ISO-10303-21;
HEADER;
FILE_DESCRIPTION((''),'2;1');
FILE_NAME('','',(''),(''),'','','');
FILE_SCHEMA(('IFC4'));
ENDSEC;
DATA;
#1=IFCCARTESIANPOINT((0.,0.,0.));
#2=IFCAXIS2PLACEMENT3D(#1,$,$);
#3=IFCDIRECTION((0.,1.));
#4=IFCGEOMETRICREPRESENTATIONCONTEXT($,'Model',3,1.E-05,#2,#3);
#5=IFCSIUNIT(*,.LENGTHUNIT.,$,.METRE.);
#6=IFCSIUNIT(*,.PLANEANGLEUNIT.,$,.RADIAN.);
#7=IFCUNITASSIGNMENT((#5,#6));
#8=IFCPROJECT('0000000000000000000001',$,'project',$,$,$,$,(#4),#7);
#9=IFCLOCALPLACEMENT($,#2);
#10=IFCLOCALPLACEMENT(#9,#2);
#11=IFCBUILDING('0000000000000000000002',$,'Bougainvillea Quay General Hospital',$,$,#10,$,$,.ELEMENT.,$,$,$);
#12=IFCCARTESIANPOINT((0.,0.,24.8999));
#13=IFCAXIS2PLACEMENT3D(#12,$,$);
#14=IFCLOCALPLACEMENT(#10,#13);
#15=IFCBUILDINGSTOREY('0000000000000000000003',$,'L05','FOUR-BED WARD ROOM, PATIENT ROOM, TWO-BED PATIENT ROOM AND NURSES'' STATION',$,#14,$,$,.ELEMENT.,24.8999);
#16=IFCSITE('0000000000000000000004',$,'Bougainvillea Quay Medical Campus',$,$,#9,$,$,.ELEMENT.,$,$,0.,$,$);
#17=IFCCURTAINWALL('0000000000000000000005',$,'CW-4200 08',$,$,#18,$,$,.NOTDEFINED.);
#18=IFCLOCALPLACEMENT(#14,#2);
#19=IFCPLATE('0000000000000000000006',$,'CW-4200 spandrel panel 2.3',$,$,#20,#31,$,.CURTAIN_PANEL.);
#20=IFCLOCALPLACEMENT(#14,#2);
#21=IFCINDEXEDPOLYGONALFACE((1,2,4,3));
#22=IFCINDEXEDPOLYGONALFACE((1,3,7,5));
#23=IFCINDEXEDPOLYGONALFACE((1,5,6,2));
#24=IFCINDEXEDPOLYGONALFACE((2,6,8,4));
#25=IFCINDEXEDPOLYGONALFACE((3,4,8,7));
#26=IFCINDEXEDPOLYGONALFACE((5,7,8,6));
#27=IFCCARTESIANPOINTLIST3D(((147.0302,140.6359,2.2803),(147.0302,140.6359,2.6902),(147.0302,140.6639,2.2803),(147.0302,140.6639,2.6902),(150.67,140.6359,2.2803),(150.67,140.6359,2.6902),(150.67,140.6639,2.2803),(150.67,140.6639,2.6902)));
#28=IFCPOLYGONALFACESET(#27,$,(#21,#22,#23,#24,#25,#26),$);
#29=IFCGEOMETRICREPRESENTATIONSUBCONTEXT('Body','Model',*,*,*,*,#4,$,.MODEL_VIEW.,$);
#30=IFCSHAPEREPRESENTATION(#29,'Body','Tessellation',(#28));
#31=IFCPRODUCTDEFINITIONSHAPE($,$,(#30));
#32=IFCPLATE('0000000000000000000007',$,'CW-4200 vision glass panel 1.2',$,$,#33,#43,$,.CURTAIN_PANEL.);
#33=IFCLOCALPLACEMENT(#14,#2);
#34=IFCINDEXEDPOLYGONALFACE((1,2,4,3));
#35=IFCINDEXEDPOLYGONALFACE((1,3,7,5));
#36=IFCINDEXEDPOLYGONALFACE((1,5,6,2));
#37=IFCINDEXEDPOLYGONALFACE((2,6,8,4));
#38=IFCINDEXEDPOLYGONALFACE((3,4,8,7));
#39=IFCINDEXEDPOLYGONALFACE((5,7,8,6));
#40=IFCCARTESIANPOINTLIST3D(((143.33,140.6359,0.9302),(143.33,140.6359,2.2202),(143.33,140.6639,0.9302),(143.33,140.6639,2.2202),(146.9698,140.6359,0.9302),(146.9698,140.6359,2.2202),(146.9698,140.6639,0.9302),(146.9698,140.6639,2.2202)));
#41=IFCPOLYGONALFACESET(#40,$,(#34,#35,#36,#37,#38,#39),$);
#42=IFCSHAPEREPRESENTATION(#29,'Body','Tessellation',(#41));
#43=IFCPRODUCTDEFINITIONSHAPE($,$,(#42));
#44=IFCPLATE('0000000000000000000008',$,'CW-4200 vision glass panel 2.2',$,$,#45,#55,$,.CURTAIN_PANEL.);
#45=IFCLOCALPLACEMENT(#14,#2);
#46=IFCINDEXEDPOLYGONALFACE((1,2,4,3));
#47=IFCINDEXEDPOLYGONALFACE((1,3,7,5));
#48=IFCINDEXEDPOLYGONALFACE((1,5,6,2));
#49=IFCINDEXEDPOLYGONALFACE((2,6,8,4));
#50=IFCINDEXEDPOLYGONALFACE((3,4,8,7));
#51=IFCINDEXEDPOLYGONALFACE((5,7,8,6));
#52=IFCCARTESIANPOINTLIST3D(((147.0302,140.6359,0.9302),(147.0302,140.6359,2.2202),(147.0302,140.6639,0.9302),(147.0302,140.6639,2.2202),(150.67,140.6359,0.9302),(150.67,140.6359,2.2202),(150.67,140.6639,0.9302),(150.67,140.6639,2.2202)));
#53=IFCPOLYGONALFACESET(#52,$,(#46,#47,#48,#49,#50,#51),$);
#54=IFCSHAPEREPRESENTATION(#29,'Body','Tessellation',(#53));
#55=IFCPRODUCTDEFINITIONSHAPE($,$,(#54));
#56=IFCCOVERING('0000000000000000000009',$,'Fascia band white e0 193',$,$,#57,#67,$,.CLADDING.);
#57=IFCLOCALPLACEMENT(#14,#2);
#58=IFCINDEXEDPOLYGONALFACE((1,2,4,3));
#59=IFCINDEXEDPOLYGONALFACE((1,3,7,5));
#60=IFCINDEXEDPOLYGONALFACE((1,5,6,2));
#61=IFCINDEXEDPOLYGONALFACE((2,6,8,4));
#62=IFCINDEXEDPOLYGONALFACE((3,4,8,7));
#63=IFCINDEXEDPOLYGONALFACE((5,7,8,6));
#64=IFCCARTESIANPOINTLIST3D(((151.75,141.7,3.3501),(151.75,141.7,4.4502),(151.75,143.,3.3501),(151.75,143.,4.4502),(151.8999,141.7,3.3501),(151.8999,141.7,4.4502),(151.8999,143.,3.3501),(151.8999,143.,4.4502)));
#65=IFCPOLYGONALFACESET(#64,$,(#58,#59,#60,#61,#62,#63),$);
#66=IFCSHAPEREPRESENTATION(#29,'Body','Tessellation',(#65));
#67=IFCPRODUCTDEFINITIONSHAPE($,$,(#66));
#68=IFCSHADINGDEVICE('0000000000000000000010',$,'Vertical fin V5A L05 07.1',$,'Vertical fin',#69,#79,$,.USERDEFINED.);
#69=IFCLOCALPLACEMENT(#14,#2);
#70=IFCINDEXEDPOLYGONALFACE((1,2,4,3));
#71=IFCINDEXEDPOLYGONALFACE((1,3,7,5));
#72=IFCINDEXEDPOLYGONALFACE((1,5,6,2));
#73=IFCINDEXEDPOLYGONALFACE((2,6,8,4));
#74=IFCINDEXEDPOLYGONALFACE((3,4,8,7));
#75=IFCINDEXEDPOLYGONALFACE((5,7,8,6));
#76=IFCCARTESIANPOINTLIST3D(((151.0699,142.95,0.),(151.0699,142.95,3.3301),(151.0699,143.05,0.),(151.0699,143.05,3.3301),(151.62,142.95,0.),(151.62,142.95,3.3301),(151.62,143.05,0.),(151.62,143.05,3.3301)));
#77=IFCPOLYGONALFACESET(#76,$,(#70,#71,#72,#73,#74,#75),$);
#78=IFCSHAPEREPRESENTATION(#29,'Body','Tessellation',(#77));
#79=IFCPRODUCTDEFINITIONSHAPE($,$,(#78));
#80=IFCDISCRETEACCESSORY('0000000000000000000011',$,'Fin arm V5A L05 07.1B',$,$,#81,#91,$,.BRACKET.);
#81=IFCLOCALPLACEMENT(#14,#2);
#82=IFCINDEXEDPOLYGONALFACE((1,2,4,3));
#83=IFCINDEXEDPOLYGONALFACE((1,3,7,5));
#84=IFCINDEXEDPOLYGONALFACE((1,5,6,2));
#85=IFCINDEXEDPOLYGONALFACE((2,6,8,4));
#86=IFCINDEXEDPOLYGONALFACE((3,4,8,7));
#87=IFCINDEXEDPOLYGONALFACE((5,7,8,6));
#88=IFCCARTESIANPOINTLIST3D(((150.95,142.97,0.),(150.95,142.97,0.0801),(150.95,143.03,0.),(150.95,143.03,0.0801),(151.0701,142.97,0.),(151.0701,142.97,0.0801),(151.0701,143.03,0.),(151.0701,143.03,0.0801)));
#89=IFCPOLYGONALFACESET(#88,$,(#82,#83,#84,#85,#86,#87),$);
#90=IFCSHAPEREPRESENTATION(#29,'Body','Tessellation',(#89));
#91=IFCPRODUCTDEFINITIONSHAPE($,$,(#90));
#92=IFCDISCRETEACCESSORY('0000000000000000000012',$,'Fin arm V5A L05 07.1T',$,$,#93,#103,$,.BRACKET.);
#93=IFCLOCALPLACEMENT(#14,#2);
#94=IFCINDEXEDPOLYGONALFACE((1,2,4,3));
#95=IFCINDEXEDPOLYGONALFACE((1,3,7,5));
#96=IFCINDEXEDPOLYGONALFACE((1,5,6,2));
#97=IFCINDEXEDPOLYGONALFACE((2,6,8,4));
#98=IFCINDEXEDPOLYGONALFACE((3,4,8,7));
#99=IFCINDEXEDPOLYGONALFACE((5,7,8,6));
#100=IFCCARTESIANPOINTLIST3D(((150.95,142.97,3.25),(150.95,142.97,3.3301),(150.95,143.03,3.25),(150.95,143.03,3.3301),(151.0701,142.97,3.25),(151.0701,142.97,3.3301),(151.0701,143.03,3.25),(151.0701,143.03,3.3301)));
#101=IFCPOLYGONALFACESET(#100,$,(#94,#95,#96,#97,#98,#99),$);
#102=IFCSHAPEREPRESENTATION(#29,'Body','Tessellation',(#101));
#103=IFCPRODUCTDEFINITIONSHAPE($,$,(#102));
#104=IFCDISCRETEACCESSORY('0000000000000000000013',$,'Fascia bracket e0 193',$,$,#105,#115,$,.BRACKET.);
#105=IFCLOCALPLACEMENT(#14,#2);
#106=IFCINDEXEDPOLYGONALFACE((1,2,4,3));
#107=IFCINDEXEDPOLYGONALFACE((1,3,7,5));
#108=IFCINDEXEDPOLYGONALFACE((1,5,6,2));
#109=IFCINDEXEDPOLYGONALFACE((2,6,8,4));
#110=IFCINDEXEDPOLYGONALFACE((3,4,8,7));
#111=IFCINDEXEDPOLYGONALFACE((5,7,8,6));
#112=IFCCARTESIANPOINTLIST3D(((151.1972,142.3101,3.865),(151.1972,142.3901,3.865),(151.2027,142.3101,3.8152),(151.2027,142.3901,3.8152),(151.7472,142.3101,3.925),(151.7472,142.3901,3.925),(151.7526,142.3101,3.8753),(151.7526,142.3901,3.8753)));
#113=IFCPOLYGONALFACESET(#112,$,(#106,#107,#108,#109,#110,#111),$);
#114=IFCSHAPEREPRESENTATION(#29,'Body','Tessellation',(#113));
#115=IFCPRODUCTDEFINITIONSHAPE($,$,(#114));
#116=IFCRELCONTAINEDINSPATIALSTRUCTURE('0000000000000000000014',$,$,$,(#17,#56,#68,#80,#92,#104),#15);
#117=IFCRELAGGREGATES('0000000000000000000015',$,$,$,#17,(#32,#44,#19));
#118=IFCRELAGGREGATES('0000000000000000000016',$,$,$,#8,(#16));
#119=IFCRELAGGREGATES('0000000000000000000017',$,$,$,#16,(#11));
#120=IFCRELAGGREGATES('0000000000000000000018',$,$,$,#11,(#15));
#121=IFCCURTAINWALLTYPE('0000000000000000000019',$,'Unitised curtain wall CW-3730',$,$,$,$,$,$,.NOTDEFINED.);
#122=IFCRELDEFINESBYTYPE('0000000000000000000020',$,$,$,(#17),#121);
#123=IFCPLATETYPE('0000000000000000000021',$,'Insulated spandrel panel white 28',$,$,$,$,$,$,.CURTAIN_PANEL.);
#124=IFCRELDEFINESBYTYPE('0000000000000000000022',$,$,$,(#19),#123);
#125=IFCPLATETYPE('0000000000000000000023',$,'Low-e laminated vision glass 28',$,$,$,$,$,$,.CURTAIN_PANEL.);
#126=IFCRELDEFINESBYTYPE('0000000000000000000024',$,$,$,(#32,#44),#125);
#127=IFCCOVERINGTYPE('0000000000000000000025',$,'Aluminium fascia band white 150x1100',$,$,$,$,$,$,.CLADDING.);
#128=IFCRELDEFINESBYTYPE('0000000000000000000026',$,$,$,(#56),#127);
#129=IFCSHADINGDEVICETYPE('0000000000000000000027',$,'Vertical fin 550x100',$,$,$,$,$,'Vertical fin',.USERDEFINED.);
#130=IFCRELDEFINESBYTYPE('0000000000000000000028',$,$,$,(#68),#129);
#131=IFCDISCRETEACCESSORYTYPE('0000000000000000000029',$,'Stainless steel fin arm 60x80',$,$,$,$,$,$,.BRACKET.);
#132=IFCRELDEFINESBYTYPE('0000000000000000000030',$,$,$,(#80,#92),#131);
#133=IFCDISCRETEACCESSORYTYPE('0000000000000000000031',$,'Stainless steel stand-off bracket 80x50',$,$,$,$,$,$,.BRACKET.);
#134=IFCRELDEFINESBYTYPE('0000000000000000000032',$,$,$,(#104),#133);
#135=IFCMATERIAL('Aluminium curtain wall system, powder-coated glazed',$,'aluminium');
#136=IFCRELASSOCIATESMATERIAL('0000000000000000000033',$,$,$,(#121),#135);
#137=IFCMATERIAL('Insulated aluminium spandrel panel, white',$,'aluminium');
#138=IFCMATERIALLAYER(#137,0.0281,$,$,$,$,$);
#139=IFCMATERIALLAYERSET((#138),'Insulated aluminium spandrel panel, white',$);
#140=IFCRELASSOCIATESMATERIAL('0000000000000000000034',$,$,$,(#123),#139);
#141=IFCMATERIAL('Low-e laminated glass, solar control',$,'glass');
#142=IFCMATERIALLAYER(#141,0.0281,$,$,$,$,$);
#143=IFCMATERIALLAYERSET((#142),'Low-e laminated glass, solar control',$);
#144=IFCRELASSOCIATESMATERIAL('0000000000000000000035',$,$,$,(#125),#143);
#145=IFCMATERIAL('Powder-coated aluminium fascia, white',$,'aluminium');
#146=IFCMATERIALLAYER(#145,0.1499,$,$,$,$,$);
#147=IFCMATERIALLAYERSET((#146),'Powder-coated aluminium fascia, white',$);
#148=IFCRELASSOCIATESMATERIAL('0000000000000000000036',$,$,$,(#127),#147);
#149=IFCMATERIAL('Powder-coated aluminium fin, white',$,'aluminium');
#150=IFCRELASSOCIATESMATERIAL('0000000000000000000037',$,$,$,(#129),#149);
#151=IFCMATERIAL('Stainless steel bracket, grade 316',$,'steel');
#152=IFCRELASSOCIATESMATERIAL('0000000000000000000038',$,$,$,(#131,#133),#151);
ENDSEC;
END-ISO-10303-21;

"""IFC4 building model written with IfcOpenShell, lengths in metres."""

from ifc_helpers import new_model, si_unit, direction, frame, origin, origin_2d, place, context, subcontext, project, spatial, polyline, rectangle, outline, extrude, material, layer, layer_set, material_profile, profile_set, type_object, element, aggregate, save


model = new_model("IFC4")

# Units and contexts
model_context = context("Model", 3, precision=1e-05, world=origin(), true_north=direction((0.0, 1.0)))
body_context = subcontext(model_context, "Body", "Model", "MODEL_VIEW")
ifc_project = project(units=[si_unit("LENGTHUNIT", "METRE"), si_unit("PLANEANGLEUNIT", "RADIAN")], contexts=[model_context])

# Site, building, storey
site_placement = place(None, origin())
site = spatial("IfcSite", under=ifc_project, at=site_placement, Name="Bougainvillea Quay Medical Campus", CompositionType="ELEMENT", RefElevation=0.0)
building_placement = place(site_placement, origin())
building = spatial("IfcBuilding", under=site, at=building_placement, Name="Bougainvillea Quay General Hospital", CompositionType="ELEMENT")
storey_placement = place(building_placement, frame((0.0, 0.0, 24.8999)))
storey = spatial("IfcBuildingStorey", under=building, at=storey_placement, Name="L05", Description="FOUR-BED WARD ROOM, PATIENT ROOM, TWO-BED PATIENT ROOM AND NURSES' STATION", CompositionType="ELEMENT", Elevation=24.8999)

# Curtain wall, plates
ifc_material_1 = material(Name="Aluminium curtain wall system, powder-coated glazed", Category="aluminium")
curtain_wall_type = type_object("IfcCurtainWallType", Name="Unitised curtain wall CW-3730", PredefinedType="NOTDEFINED", material=ifc_material_1)
curtain_wall_placement = place(storey_placement, origin())
curtain_wall = element("IfcCurtainWall", 1, at=curtain_wall_placement, inside=storey, type_object=curtain_wall_type, Name="CW-4200 08", PredefinedType="NOTDEFINED")
ifc_material_2 = material(Name="Insulated aluminium spandrel panel, white", Category="aluminium")
ifc_layer_1 = layer(ifc_material_2, 0.0281)
ifc_layer_set_1 = layer_set([ifc_layer_1], Name="Insulated aluminium spandrel panel, white")
plate_type_1 = type_object("IfcPlateType", Name="Insulated spandrel panel white 28", PredefinedType="CURTAIN_PANEL", material=ifc_layer_set_1)
plate_1_placement = place(storey_placement, frame((148.8501, 140.6499, 2.2803), z_axis=(0.0, 0.0, 1.0), x_axis=(1.0, 0.0, 0.0)))
plate_1 = element("IfcPlate", 2, at=plate_1_placement, type_object=plate_type_1, Name="CW-4200 spandrel panel 2.3", PredefinedType="CURTAIN_PANEL", context=body_context, shape_type="SweptSolid", body=[
    extrude(rectangle(XDim=3.6399, YDim=0.0281, at=origin_2d()), origin(), (0.0, 0.0, 1.0), 0.4099),
])
ifc_material_3 = material(Name="Low-e laminated glass, solar control", Category="glass")
ifc_layer_2 = layer(ifc_material_3, 0.0281)
ifc_layer_set_2 = layer_set([ifc_layer_2], Name="Low-e laminated glass, solar control")
plate_type_2 = type_object("IfcPlateType", Name="Low-e laminated vision glass 28", PredefinedType="CURTAIN_PANEL", material=ifc_layer_set_2)
plate_2_placement = place(storey_placement, frame((145.1499, 140.6499, 0.9302), z_axis=(0.0, 0.0, 1.0), x_axis=(1.0, 0.0, 0.0)))
plate_2 = element("IfcPlate", 3, at=plate_2_placement, type_object=plate_type_2, Name="CW-4200 vision glass panel 1.2", PredefinedType="CURTAIN_PANEL", context=body_context, shape_type="SweptSolid", body=[
    extrude(rectangle(XDim=3.6399, YDim=0.0281, at=origin_2d()), origin(), (0.0, 0.0, 1.0), 1.29),
])
plate_3_placement = place(storey_placement, frame((148.8501, 140.6499, 0.9302), z_axis=(0.0, 0.0, 1.0), x_axis=(1.0, 0.0, 0.0)))
plate_3 = element("IfcPlate", 4, at=plate_3_placement, type_object=plate_type_2, Name="CW-4200 vision glass panel 2.2", PredefinedType="CURTAIN_PANEL", context=body_context, shape_type="SweptSolid", body=[
    extrude(rectangle(XDim=3.6399, YDim=0.0281, at=origin_2d()), origin(), (0.0, 0.0, 1.0), 1.29),
])
aggregate(curtain_wall, [plate_2, plate_3, plate_1])

# Covering
ifc_material_4 = material(Name="Powder-coated aluminium fascia, white", Category="aluminium")
ifc_layer_3 = layer(ifc_material_4, 0.1499)
ifc_layer_set_3 = layer_set([ifc_layer_3], Name="Powder-coated aluminium fascia, white")
covering_type = type_object("IfcCoveringType", Name="Aluminium fascia band white 150x1100", PredefinedType="CLADDING", material=ifc_layer_set_3)
covering_placement = place(storey_placement, frame((151.75, 141.7, 3.3501), z_axis=(0.0, 0.0, 1.0), x_axis=(0.0, 1.0, 0.0)))
element("IfcCovering", 5, at=covering_placement, inside=storey, type_object=covering_type, Name="Fascia band white e0 193", PredefinedType="CLADDING", context=body_context, shape_type="SweptSolid", body=[
    extrude(outline(polyline([(0.0, 0.0), (1.3, 0.0), (1.3, -0.1499), (0.0, -0.1499), (0.0, 0.0)])), origin(), (0.0, 0.0, 1.0), 1.1001),
])

# Shading device
ifc_material_5 = material(Name="Powder-coated aluminium fin, white", Category="aluminium")
ifc_material_profile_1 = material_profile(ifc_material_5, rectangle(XDim=0.55, YDim=0.1001, at=origin_2d()))
ifc_profile_set_1 = profile_set([ifc_material_profile_1], Name="Powder-coated aluminium fin, white")
shading_device_type = type_object("IfcShadingDeviceType", Name="Vertical fin 550x100", ElementType="Vertical fin", PredefinedType="USERDEFINED", material=ifc_profile_set_1)
shading_device_placement = place(storey_placement, frame((151.345, 143.0, 0.0), z_axis=(0.0, 0.0, 1.0), x_axis=(1.0, 0.0, 0.0)))
element("IfcShadingDevice", 6, at=shading_device_placement, inside=storey, type_object=shading_device_type, Name="Vertical fin V5A L05 07.1", ObjectType="Vertical fin", PredefinedType="USERDEFINED", context=body_context, shape_type="SweptSolid", body=[
    extrude(rectangle(XDim=0.55, YDim=0.1001, at=origin_2d()), origin(), (0.0, 0.0, 1.0), 3.3301),
])

# Discrete accessories
ifc_material_6 = material(Name="Stainless steel bracket, grade 316", Category="steel")
discrete_accessory_type_1 = type_object("IfcDiscreteAccessoryType", Name="Stainless steel fin arm 60x80", PredefinedType="BRACKET", material=ifc_material_6)
for number, where, z_axis, x_axis, name in (
    (7, (151.01, 143.0, 0.0), (0.0, 0.0, 1.0), (1.0, 0.0, 0.0), "Fin arm V5A L05 07.1B"),
    (8, (151.01, 143.0, 3.25), (0.0, 0.0, 1.0), (1.0, 0.0, 0.0), "Fin arm V5A L05 07.1T"),
):
    element("IfcDiscreteAccessory", number, at=place(storey_placement, frame(where, z_axis=z_axis, x_axis=x_axis)), inside=storey, type_object=discrete_accessory_type_1, Name=name, PredefinedType="BRACKET", context=body_context, shape_type="SweptSolid", body=[
        extrude(rectangle(XDim=0.1201, YDim=0.0601, at=origin_2d()), origin(), (0.0, 0.0, 1.0), 0.0801),
    ])
ifc_material_profile_2 = material_profile(ifc_material_6, rectangle(XDim=0.0801, YDim=0.05, at=origin_2d()))
ifc_profile_set_2 = profile_set([ifc_material_profile_2], Name="Stainless steel bracket, grade 316")
discrete_accessory_type_2 = type_object("IfcDiscreteAccessoryType", Name="Stainless steel stand-off bracket 80x50", PredefinedType="BRACKET", material=ifc_profile_set_2)
discrete_accessory_placement = place(storey_placement, frame((151.2, 142.3501, 3.8401), z_axis=(0.994092, 0.0, 0.108543), x_axis=(0.0, 1.0, 0.0)))
element("IfcDiscreteAccessory", 9, at=discrete_accessory_placement, inside=storey, type_object=discrete_accessory_type_2, Name="Fascia bracket e0 193", PredefinedType="BRACKET", context=body_context, shape_type="SweptSolid", body=[
    extrude(rectangle(XDim=0.0801, YDim=0.05, at=origin_2d()), origin(), (0.0, 0.0, 1.0), 0.5532),
])

save(model, "model.ifc")
